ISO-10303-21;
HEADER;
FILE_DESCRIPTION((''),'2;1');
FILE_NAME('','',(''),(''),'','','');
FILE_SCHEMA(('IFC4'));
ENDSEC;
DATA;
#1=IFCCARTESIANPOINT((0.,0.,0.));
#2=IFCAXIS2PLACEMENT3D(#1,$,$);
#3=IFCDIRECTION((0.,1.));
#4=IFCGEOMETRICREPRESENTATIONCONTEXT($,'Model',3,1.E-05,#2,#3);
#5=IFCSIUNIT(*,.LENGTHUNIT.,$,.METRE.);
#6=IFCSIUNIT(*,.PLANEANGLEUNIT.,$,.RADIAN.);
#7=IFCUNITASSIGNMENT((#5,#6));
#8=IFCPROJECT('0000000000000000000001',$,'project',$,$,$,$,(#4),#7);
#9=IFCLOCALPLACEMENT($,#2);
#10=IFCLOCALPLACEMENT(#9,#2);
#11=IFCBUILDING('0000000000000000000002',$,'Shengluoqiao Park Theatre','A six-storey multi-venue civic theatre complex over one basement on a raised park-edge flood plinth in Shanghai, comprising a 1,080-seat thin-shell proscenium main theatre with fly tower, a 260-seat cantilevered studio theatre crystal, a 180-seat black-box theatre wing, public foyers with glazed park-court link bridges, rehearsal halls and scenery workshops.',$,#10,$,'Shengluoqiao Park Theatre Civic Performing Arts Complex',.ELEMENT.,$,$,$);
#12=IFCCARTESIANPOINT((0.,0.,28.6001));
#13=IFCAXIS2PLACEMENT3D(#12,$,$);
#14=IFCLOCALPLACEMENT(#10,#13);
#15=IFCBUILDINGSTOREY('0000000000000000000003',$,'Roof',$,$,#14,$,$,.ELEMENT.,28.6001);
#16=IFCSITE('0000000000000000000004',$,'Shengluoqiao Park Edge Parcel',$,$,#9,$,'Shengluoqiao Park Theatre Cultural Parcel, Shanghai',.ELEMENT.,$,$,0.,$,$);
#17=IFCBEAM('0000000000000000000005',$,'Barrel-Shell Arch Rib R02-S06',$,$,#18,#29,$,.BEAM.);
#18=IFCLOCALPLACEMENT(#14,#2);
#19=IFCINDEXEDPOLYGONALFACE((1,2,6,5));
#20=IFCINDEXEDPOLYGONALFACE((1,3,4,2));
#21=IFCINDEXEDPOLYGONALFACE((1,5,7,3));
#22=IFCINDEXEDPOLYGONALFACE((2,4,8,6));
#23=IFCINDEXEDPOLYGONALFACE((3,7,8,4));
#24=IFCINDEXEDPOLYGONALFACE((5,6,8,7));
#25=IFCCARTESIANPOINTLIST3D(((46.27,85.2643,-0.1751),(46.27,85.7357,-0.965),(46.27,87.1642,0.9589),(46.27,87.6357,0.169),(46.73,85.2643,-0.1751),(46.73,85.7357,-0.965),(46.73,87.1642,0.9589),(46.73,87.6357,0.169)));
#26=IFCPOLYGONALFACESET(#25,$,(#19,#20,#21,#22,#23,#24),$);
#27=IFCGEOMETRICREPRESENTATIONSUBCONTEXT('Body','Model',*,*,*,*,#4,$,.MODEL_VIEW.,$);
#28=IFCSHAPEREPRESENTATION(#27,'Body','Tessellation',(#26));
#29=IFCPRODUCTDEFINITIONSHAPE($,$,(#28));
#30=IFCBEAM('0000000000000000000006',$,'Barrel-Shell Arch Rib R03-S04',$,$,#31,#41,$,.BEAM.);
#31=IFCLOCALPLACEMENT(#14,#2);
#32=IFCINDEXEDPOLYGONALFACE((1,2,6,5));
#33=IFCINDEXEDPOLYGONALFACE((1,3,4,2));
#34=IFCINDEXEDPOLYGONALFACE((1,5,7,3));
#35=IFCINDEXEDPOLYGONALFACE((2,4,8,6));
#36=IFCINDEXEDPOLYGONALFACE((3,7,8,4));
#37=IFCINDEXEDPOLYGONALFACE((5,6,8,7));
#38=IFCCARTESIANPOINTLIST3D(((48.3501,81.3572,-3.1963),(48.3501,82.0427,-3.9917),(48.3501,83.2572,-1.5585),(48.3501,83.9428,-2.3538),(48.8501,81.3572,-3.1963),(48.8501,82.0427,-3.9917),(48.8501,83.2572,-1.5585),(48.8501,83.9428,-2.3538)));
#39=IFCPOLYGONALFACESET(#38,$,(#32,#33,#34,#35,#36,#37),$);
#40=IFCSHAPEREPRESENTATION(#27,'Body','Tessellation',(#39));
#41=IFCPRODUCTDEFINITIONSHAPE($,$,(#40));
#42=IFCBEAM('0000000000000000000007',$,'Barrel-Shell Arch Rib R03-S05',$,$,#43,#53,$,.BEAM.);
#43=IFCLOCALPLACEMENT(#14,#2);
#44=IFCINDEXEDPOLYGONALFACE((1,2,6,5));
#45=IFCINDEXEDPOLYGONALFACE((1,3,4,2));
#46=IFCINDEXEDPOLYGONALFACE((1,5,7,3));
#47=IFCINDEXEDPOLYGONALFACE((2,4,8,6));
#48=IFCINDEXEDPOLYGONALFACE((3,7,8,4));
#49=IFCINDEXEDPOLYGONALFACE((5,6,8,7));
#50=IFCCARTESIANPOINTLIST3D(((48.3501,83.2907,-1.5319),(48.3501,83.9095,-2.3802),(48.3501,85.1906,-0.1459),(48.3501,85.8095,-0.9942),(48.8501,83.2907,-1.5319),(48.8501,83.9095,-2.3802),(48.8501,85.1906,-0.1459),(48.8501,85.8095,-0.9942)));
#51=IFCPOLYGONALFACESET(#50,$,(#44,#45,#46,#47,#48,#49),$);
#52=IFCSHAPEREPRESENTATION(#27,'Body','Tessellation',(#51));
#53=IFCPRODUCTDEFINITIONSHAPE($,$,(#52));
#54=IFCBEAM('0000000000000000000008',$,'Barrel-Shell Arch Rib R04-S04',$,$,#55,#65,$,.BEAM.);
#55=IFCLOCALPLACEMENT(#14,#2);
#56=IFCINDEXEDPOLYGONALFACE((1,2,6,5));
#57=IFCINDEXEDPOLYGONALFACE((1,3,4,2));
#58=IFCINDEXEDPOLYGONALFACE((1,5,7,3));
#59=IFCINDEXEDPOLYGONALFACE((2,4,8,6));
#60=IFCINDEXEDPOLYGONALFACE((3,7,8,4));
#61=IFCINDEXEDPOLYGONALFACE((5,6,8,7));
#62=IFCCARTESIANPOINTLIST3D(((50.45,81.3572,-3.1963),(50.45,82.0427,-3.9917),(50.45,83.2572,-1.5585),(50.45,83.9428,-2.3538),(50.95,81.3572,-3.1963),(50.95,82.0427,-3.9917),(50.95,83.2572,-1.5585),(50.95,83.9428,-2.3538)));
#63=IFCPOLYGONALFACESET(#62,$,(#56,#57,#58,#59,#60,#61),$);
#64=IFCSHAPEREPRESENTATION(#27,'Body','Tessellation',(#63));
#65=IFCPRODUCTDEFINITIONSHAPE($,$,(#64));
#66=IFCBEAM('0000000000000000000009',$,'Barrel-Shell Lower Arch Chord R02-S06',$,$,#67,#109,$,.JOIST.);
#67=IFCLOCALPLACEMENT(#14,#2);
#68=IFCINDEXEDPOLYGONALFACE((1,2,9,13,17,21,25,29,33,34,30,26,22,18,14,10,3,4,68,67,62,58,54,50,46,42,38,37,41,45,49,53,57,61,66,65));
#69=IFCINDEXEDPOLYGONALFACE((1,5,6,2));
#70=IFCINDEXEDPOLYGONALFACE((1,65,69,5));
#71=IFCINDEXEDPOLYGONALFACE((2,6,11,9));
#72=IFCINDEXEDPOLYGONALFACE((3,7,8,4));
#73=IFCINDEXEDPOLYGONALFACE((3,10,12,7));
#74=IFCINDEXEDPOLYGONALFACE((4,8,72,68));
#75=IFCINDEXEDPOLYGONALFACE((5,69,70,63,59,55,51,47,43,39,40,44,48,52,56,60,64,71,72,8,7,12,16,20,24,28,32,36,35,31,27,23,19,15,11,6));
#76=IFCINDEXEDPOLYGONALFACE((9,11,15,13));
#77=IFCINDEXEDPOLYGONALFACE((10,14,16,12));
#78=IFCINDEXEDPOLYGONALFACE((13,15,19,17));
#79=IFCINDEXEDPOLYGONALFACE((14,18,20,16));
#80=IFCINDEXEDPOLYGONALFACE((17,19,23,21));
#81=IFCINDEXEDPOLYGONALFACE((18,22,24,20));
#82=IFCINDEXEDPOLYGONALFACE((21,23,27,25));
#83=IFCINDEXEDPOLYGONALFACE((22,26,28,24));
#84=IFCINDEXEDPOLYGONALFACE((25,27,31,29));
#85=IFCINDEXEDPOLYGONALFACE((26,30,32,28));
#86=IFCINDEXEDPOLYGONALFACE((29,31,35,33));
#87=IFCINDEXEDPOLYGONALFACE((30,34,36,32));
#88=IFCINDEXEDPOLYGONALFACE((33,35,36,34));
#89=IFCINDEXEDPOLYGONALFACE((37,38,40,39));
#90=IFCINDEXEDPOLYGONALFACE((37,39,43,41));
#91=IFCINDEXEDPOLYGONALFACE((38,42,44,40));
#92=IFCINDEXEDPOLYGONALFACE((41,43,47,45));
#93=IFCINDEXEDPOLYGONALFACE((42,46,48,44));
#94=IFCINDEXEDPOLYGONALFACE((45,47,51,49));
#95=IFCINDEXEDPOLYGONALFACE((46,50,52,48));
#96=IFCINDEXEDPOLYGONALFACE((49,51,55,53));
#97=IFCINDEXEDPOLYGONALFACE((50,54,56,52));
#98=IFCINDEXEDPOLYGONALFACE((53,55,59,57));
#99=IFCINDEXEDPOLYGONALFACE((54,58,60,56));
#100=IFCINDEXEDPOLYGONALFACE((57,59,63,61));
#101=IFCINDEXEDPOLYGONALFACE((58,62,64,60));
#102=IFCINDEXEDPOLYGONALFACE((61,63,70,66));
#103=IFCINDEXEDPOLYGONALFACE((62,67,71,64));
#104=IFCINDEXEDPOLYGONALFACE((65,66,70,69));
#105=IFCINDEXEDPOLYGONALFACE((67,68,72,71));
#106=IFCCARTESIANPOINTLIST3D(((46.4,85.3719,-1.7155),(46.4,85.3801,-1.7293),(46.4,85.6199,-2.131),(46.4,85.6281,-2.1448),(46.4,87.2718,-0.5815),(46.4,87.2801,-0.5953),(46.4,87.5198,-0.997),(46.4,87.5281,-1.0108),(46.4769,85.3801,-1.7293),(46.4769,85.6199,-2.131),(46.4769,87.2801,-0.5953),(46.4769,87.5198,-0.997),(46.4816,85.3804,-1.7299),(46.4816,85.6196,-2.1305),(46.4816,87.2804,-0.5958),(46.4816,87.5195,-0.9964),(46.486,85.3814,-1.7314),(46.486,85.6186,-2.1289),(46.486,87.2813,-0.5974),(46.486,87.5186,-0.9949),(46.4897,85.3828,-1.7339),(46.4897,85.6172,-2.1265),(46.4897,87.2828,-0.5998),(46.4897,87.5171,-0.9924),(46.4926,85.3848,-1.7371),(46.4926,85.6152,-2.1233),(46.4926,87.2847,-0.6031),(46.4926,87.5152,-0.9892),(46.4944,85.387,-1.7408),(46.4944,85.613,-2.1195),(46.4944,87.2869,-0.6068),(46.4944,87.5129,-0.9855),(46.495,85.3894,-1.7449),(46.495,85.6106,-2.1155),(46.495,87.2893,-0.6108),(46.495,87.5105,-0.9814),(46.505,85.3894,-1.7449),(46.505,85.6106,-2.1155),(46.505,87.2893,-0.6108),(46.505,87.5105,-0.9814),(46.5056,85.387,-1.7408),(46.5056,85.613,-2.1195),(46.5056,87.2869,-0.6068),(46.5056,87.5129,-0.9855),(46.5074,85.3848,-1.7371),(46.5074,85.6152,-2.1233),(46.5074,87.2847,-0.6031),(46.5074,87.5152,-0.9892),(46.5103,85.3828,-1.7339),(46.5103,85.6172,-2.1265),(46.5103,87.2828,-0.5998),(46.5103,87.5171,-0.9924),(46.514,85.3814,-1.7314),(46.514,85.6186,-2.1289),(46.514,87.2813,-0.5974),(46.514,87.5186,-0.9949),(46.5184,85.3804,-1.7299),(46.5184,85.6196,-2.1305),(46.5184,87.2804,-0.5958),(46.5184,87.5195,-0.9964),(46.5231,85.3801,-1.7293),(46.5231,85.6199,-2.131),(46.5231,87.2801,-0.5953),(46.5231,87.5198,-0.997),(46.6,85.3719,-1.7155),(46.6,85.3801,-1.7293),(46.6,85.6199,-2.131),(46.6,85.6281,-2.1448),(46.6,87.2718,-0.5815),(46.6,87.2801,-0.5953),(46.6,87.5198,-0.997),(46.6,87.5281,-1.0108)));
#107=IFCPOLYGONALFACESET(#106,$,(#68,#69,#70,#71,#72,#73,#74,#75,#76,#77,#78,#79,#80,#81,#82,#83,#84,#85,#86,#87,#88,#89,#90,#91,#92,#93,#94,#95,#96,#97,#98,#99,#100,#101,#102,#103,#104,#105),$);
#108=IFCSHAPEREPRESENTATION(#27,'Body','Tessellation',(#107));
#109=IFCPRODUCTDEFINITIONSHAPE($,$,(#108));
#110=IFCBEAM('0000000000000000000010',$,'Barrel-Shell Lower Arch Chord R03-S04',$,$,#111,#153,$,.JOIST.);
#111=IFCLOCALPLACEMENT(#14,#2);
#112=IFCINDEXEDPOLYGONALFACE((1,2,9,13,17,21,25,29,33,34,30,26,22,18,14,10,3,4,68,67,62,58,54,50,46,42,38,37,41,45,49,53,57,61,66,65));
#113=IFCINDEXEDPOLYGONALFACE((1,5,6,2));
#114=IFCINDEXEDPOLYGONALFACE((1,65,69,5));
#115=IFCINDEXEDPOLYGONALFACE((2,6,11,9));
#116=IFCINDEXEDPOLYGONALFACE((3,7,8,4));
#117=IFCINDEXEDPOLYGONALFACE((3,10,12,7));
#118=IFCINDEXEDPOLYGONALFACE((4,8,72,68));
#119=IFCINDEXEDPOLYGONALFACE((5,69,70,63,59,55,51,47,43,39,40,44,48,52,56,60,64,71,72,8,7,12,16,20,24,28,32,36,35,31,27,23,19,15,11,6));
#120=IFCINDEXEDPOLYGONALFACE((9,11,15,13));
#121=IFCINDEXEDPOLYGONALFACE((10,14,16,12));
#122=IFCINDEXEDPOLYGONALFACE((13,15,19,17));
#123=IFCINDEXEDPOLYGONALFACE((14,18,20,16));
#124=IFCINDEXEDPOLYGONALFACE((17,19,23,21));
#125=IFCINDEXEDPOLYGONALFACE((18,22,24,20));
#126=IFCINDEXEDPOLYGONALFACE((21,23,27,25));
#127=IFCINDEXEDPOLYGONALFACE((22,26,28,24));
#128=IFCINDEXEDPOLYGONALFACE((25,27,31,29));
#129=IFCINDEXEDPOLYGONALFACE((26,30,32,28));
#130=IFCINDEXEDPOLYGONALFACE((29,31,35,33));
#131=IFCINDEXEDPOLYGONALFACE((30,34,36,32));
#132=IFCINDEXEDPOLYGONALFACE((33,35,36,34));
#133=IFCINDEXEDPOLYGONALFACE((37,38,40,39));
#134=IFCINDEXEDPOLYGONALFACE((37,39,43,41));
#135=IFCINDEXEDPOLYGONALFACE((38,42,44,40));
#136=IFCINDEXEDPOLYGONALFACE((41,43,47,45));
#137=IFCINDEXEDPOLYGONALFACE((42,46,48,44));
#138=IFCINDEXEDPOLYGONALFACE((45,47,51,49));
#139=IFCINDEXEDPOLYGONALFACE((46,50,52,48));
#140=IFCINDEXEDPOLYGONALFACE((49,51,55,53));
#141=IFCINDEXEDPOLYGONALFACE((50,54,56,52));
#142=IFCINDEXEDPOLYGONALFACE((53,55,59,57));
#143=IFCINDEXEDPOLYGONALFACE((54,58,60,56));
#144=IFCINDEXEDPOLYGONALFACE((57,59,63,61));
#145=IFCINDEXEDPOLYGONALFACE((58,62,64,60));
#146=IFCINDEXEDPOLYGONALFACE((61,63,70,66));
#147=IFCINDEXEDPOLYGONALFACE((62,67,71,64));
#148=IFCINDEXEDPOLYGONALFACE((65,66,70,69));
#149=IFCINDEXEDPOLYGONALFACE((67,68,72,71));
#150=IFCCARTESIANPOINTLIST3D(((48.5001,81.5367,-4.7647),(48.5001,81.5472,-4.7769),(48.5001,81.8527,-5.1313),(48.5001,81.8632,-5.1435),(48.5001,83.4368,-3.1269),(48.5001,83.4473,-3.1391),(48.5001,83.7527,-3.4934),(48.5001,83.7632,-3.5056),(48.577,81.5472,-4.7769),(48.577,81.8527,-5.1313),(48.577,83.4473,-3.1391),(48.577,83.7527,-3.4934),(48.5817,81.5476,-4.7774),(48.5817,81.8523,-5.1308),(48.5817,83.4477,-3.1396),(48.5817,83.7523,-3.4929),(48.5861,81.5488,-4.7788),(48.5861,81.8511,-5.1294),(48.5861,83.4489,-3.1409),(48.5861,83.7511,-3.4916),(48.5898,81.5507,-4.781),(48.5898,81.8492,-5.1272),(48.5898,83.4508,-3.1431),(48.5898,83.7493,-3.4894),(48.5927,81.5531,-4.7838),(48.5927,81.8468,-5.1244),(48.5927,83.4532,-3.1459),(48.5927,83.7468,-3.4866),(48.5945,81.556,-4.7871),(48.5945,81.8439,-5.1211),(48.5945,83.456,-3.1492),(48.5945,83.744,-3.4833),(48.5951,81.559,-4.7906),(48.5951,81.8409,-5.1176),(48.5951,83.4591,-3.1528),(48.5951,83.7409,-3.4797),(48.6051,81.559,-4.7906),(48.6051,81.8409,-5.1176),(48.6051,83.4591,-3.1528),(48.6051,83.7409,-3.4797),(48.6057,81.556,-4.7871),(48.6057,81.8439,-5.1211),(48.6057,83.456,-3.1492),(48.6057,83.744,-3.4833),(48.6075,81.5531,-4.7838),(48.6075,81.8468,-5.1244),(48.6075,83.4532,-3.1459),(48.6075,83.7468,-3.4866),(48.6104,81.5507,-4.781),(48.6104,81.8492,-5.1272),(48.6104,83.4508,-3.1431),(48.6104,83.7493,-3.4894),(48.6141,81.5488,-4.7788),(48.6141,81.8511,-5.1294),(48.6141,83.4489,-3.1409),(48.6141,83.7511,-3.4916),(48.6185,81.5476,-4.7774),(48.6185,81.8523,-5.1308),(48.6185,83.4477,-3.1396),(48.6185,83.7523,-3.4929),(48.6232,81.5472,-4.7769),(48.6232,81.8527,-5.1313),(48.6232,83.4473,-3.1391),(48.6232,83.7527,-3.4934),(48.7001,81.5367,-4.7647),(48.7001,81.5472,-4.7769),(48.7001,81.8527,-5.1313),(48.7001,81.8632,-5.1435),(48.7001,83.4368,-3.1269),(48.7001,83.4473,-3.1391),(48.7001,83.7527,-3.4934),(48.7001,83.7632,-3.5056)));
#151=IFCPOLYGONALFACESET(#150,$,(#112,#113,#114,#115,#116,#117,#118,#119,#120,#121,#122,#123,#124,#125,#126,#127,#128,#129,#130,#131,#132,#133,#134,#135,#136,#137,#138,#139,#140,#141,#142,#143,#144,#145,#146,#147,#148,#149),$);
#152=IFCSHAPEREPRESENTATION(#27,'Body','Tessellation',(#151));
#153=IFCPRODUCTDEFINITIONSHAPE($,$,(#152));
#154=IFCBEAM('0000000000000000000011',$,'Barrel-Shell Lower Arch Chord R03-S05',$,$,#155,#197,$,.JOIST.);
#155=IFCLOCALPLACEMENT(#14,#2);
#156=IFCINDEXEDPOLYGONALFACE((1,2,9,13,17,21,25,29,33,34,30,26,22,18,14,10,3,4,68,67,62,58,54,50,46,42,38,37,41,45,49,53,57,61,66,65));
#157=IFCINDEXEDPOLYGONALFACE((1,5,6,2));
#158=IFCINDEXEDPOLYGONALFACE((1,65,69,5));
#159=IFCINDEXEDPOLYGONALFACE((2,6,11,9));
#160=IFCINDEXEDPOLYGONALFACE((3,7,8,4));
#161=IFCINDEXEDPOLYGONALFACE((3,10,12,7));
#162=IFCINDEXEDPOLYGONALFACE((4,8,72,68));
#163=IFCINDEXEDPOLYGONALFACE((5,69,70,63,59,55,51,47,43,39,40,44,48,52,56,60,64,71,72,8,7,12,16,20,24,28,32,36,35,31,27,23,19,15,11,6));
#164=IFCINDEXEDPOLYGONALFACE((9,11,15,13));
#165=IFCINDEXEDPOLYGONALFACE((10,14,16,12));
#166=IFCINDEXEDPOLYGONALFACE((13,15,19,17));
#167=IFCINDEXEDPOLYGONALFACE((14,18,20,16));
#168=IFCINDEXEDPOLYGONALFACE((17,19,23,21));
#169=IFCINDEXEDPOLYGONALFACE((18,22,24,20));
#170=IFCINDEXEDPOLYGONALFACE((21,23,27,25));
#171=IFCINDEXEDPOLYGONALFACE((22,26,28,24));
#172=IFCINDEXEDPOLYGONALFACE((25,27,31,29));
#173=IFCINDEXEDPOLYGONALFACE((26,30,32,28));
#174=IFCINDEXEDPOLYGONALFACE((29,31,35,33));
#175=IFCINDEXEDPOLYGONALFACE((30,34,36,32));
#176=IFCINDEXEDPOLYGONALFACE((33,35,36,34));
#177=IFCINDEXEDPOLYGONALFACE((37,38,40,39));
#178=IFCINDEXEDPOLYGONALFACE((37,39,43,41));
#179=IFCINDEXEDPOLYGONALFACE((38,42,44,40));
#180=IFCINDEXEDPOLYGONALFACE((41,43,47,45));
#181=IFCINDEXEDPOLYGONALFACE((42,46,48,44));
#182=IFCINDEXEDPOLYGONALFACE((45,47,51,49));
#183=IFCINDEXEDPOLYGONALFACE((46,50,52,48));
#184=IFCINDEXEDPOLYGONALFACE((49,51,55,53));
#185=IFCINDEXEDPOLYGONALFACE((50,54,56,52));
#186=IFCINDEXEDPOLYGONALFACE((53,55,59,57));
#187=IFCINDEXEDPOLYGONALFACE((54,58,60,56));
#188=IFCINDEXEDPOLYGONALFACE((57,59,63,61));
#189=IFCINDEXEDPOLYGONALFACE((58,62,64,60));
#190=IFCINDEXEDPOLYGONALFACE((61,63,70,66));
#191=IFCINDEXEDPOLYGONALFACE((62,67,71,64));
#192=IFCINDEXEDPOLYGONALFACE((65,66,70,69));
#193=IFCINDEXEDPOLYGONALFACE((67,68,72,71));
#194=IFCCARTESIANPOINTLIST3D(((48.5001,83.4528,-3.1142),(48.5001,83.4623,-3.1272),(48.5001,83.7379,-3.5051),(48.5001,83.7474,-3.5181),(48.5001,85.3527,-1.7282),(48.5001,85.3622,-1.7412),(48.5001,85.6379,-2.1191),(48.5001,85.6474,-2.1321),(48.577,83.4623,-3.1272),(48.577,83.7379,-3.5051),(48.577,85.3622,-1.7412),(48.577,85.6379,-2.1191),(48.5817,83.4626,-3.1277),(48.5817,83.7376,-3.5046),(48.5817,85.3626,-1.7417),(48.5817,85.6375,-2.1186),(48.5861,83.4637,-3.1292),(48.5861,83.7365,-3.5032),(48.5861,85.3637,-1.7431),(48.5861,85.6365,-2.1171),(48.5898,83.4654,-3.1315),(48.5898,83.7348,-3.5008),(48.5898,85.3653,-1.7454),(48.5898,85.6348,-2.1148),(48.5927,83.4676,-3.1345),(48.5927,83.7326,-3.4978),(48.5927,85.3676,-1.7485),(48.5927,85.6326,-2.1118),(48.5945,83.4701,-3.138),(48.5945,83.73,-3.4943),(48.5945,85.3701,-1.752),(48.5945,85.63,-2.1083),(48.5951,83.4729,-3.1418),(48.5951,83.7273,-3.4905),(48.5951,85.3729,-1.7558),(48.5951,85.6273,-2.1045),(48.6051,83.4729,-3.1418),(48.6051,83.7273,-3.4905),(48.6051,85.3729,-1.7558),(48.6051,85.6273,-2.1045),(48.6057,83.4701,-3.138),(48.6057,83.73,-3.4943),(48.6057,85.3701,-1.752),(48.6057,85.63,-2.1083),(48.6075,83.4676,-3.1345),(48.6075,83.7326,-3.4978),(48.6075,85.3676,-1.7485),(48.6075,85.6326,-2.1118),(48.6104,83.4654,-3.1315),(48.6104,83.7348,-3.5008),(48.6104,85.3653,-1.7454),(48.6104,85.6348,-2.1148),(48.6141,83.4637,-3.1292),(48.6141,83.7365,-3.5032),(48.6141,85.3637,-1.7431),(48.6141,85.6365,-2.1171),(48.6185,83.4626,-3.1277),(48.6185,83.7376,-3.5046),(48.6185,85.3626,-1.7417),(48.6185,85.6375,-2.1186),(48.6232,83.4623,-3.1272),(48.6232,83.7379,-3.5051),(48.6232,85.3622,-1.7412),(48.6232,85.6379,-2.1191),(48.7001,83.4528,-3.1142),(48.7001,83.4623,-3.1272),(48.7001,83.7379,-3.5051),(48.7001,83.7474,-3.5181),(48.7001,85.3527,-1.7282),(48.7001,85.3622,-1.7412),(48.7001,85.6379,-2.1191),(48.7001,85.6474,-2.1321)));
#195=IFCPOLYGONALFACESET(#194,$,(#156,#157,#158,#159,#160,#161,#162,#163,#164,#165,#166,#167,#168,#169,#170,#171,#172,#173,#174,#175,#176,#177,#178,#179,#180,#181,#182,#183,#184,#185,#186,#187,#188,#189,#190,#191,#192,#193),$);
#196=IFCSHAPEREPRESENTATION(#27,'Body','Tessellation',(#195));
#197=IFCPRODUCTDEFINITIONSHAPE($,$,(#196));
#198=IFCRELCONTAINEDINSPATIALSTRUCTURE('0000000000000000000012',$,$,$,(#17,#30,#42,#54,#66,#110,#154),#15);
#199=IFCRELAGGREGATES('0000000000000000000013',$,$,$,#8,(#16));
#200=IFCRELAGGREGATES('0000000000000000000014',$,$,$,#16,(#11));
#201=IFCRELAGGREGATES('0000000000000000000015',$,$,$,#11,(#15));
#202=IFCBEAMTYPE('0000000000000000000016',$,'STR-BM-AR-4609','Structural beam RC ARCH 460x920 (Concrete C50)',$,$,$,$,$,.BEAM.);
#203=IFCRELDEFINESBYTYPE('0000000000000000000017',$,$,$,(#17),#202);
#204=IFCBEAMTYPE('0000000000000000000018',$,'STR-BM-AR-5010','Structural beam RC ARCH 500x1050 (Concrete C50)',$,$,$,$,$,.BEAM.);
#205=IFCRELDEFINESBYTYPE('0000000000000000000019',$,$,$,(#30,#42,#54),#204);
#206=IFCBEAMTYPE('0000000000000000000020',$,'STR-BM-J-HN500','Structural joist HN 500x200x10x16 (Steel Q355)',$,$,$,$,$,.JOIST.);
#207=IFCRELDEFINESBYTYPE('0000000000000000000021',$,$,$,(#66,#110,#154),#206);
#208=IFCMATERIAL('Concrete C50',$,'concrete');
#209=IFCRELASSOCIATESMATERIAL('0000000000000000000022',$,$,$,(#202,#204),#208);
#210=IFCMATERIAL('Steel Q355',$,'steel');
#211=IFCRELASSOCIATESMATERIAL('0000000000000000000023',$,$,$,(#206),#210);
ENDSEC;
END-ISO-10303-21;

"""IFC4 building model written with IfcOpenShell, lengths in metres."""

from ifc_helpers import new_model, si_unit, direction, frame, origin, origin_2d, place, context, subcontext, project, spatial, rectangle, i_section, extrude, material, material_profile, profile_set, type_object, element, save


model = new_model("IFC4")

# Units and contexts
model_context = context("Model", 3, precision=1e-05, world=origin(), true_north=direction((0.0, 1.0)))
body_context = subcontext(model_context, "Body", "Model", "MODEL_VIEW")
ifc_project = project(units=[si_unit("LENGTHUNIT", "METRE"), si_unit("PLANEANGLEUNIT", "RADIAN")], contexts=[model_context])

# Site, building, storey
site_placement = place(None, origin())
site = spatial("IfcSite", under=ifc_project, at=site_placement, Name="Shengluoqiao Park Edge Parcel", LongName="Shengluoqiao Park Theatre Cultural Parcel, Shanghai", CompositionType="ELEMENT", RefElevation=0.0)
building_placement = place(site_placement, origin())
building = spatial("IfcBuilding", under=site, at=building_placement, Name="Shengluoqiao Park Theatre", Description="A six-storey multi-venue civic theatre complex over one basement on a raised park-edge flood plinth in Shanghai, comprising a 1,080-seat thin-shell proscenium main theatre with fly tower, a 260-seat cantilevered studio theatre crystal, a 180-seat black-box theatre wing, public foyers with glazed park-court link bridges, rehearsal halls and scenery workshops.", LongName="Shengluoqiao Park Theatre Civic Performing Arts Complex", CompositionType="ELEMENT")
storey_placement = place(building_placement, frame((0.0, 0.0, 28.6001)))
storey = spatial("IfcBuildingStorey", under=building, at=storey_placement, Name="Roof", CompositionType="ELEMENT", Elevation=28.6001)

# Beams
ifc_material_1 = material(Name="Concrete C50", Category="concrete")
ifc_material_profile_1 = material_profile(ifc_material_1, rectangle(XDim=0.46, YDim=0.9199, at=origin_2d()), Name="RC ARCH 460x920")
ifc_profile_set_1 = profile_set([ifc_material_profile_1], Name="Concrete C50")
beam_type_1 = type_object("IfcBeamType", Name="STR-BM-AR-4609", Description="Structural beam RC ARCH 460x920 (Concrete C50)", PredefinedType="BEAM", material=ifc_profile_set_1)
beam_1_placement = place(storey_placement, frame((46.5, 85.5, -0.5701), z_axis=(0.0, 0.858669, 0.512531), x_axis=(-1.0, 0.0, 0.0)))
element("IfcBeam", 1, at=beam_1_placement, inside=storey, type_object=beam_type_1, Name="Barrel-Shell Arch Rib R02-S06", PredefinedType="BEAM", context=body_context, shape_type="SweptSolid", body=[
    extrude(rectangle(XDim=0.46, YDim=0.9199, at=origin_2d()), origin(), (0.0, 0.0, 1.0), 2.2126),
])
ifc_material_profile_2 = material_profile(ifc_material_1, rectangle(XDim=0.5, YDim=1.05, at=origin_2d()), Name="RC ARCH 500x1050")
ifc_profile_set_2 = profile_set([ifc_material_profile_2], Name="Concrete C50")
beam_type_2 = type_object("IfcBeamType", Name="STR-BM-AR-5010", Description="Structural beam RC ARCH 500x1050 (Concrete C50)", PredefinedType="BEAM", material=ifc_profile_set_2)
beam_2_placement = place(storey_placement, frame((48.6001, 81.7, -3.594), z_axis=(0.0, 0.757433, 0.652913), x_axis=(-1.0, 0.0, 0.0)))
element("IfcBeam", 2, at=beam_2_placement, inside=storey, type_object=beam_type_2, Name="Barrel-Shell Arch Rib R03-S04", PredefinedType="BEAM", context=body_context, shape_type="SweptSolid", body=[
    extrude(rectangle(XDim=0.5, YDim=1.05, at=origin_2d()), origin(), (0.0, 0.0, 1.0), 2.5085),
])
beam_3_placement = place(storey_placement, frame((48.6001, 83.6001, -1.9561), z_axis=(0.0, 0.807878, 0.58935), x_axis=(-1.0, 0.0, 0.0)))
element("IfcBeam", 3, at=beam_3_placement, inside=storey, type_object=beam_type_2, Name="Barrel-Shell Arch Rib R03-S05", PredefinedType="BEAM", context=body_context, shape_type="SweptSolid", body=[
    extrude(rectangle(XDim=0.5, YDim=1.05, at=origin_2d()), origin(), (0.0, 0.0, 1.0), 2.3518),
])
beam_4_placement = place(storey_placement, frame((50.7, 81.7, -3.594), z_axis=(0.0, 0.757433, 0.652913), x_axis=(-1.0, 0.0, 0.0)))
element("IfcBeam", 4, at=beam_4_placement, inside=storey, type_object=beam_type_2, Name="Barrel-Shell Arch Rib R04-S04", PredefinedType="BEAM", context=body_context, shape_type="SweptSolid", body=[
    extrude(rectangle(XDim=0.5, YDim=1.05, at=origin_2d()), origin(), (0.0, 0.0, 1.0), 2.5085),
])
ifc_material_2 = material(Name="Steel Q355", Category="steel")
ifc_material_profile_3 = material_profile(ifc_material_2, i_section(OverallWidth=0.2, OverallDepth=0.5, WebThickness=0.01, FlangeThickness=0.0161, FilletRadius=0.0181, at=origin_2d()), Name="HN 500x200x10x16")
ifc_profile_set_3 = profile_set([ifc_material_profile_3], Name="Steel Q355")
beam_type_3 = type_object("IfcBeamType", Name="STR-BM-J-HN500", Description="Structural joist HN 500x200x10x16 (Steel Q355)", PredefinedType="JOIST", material=ifc_profile_set_3)
beam_5_placement = place(storey_placement, frame((46.5, 85.5, -1.9302), z_axis=(0.0, 0.858669, 0.512531), x_axis=(-1.0, 0.0, 0.0)))
element("IfcBeam", 5, at=beam_5_placement, inside=storey, type_object=beam_type_3, Name="Barrel-Shell Lower Arch Chord R02-S06", PredefinedType="JOIST", context=body_context, shape_type="SweptSolid", body=[
    extrude(i_section(OverallWidth=0.2, OverallDepth=0.5, WebThickness=0.01, FlangeThickness=0.0161, FilletRadius=0.0181, at=origin_2d()), origin(), (0.0, 0.0, 1.0), 2.2126),
])
beam_6_placement = place(storey_placement, frame((48.6001, 81.7, -4.9541), z_axis=(0.0, 0.757433, 0.652913), x_axis=(-1.0, 0.0, 0.0)))
element("IfcBeam", 6, at=beam_6_placement, inside=storey, type_object=beam_type_3, Name="Barrel-Shell Lower Arch Chord R03-S04", PredefinedType="JOIST", context=body_context, shape_type="SweptSolid", body=[
    extrude(i_section(OverallWidth=0.2, OverallDepth=0.5, WebThickness=0.01, FlangeThickness=0.0161, FilletRadius=0.0181, at=origin_2d()), origin(), (0.0, 0.0, 1.0), 2.5085),
])
beam_7_placement = place(storey_placement, frame((48.6001, 83.6001, -3.3162), z_axis=(0.0, 0.807878, 0.58935), x_axis=(-1.0, 0.0, 0.0)))
element("IfcBeam", 7, at=beam_7_placement, inside=storey, type_object=beam_type_3, Name="Barrel-Shell Lower Arch Chord R03-S05", PredefinedType="JOIST", context=body_context, shape_type="SweptSolid", body=[
    extrude(i_section(OverallWidth=0.2, OverallDepth=0.5, WebThickness=0.01, FlangeThickness=0.0161, FilletRadius=0.0181, at=origin_2d()), origin(), (0.0, 0.0, 1.0), 2.3518),
])

save(model, "model.ifc")
